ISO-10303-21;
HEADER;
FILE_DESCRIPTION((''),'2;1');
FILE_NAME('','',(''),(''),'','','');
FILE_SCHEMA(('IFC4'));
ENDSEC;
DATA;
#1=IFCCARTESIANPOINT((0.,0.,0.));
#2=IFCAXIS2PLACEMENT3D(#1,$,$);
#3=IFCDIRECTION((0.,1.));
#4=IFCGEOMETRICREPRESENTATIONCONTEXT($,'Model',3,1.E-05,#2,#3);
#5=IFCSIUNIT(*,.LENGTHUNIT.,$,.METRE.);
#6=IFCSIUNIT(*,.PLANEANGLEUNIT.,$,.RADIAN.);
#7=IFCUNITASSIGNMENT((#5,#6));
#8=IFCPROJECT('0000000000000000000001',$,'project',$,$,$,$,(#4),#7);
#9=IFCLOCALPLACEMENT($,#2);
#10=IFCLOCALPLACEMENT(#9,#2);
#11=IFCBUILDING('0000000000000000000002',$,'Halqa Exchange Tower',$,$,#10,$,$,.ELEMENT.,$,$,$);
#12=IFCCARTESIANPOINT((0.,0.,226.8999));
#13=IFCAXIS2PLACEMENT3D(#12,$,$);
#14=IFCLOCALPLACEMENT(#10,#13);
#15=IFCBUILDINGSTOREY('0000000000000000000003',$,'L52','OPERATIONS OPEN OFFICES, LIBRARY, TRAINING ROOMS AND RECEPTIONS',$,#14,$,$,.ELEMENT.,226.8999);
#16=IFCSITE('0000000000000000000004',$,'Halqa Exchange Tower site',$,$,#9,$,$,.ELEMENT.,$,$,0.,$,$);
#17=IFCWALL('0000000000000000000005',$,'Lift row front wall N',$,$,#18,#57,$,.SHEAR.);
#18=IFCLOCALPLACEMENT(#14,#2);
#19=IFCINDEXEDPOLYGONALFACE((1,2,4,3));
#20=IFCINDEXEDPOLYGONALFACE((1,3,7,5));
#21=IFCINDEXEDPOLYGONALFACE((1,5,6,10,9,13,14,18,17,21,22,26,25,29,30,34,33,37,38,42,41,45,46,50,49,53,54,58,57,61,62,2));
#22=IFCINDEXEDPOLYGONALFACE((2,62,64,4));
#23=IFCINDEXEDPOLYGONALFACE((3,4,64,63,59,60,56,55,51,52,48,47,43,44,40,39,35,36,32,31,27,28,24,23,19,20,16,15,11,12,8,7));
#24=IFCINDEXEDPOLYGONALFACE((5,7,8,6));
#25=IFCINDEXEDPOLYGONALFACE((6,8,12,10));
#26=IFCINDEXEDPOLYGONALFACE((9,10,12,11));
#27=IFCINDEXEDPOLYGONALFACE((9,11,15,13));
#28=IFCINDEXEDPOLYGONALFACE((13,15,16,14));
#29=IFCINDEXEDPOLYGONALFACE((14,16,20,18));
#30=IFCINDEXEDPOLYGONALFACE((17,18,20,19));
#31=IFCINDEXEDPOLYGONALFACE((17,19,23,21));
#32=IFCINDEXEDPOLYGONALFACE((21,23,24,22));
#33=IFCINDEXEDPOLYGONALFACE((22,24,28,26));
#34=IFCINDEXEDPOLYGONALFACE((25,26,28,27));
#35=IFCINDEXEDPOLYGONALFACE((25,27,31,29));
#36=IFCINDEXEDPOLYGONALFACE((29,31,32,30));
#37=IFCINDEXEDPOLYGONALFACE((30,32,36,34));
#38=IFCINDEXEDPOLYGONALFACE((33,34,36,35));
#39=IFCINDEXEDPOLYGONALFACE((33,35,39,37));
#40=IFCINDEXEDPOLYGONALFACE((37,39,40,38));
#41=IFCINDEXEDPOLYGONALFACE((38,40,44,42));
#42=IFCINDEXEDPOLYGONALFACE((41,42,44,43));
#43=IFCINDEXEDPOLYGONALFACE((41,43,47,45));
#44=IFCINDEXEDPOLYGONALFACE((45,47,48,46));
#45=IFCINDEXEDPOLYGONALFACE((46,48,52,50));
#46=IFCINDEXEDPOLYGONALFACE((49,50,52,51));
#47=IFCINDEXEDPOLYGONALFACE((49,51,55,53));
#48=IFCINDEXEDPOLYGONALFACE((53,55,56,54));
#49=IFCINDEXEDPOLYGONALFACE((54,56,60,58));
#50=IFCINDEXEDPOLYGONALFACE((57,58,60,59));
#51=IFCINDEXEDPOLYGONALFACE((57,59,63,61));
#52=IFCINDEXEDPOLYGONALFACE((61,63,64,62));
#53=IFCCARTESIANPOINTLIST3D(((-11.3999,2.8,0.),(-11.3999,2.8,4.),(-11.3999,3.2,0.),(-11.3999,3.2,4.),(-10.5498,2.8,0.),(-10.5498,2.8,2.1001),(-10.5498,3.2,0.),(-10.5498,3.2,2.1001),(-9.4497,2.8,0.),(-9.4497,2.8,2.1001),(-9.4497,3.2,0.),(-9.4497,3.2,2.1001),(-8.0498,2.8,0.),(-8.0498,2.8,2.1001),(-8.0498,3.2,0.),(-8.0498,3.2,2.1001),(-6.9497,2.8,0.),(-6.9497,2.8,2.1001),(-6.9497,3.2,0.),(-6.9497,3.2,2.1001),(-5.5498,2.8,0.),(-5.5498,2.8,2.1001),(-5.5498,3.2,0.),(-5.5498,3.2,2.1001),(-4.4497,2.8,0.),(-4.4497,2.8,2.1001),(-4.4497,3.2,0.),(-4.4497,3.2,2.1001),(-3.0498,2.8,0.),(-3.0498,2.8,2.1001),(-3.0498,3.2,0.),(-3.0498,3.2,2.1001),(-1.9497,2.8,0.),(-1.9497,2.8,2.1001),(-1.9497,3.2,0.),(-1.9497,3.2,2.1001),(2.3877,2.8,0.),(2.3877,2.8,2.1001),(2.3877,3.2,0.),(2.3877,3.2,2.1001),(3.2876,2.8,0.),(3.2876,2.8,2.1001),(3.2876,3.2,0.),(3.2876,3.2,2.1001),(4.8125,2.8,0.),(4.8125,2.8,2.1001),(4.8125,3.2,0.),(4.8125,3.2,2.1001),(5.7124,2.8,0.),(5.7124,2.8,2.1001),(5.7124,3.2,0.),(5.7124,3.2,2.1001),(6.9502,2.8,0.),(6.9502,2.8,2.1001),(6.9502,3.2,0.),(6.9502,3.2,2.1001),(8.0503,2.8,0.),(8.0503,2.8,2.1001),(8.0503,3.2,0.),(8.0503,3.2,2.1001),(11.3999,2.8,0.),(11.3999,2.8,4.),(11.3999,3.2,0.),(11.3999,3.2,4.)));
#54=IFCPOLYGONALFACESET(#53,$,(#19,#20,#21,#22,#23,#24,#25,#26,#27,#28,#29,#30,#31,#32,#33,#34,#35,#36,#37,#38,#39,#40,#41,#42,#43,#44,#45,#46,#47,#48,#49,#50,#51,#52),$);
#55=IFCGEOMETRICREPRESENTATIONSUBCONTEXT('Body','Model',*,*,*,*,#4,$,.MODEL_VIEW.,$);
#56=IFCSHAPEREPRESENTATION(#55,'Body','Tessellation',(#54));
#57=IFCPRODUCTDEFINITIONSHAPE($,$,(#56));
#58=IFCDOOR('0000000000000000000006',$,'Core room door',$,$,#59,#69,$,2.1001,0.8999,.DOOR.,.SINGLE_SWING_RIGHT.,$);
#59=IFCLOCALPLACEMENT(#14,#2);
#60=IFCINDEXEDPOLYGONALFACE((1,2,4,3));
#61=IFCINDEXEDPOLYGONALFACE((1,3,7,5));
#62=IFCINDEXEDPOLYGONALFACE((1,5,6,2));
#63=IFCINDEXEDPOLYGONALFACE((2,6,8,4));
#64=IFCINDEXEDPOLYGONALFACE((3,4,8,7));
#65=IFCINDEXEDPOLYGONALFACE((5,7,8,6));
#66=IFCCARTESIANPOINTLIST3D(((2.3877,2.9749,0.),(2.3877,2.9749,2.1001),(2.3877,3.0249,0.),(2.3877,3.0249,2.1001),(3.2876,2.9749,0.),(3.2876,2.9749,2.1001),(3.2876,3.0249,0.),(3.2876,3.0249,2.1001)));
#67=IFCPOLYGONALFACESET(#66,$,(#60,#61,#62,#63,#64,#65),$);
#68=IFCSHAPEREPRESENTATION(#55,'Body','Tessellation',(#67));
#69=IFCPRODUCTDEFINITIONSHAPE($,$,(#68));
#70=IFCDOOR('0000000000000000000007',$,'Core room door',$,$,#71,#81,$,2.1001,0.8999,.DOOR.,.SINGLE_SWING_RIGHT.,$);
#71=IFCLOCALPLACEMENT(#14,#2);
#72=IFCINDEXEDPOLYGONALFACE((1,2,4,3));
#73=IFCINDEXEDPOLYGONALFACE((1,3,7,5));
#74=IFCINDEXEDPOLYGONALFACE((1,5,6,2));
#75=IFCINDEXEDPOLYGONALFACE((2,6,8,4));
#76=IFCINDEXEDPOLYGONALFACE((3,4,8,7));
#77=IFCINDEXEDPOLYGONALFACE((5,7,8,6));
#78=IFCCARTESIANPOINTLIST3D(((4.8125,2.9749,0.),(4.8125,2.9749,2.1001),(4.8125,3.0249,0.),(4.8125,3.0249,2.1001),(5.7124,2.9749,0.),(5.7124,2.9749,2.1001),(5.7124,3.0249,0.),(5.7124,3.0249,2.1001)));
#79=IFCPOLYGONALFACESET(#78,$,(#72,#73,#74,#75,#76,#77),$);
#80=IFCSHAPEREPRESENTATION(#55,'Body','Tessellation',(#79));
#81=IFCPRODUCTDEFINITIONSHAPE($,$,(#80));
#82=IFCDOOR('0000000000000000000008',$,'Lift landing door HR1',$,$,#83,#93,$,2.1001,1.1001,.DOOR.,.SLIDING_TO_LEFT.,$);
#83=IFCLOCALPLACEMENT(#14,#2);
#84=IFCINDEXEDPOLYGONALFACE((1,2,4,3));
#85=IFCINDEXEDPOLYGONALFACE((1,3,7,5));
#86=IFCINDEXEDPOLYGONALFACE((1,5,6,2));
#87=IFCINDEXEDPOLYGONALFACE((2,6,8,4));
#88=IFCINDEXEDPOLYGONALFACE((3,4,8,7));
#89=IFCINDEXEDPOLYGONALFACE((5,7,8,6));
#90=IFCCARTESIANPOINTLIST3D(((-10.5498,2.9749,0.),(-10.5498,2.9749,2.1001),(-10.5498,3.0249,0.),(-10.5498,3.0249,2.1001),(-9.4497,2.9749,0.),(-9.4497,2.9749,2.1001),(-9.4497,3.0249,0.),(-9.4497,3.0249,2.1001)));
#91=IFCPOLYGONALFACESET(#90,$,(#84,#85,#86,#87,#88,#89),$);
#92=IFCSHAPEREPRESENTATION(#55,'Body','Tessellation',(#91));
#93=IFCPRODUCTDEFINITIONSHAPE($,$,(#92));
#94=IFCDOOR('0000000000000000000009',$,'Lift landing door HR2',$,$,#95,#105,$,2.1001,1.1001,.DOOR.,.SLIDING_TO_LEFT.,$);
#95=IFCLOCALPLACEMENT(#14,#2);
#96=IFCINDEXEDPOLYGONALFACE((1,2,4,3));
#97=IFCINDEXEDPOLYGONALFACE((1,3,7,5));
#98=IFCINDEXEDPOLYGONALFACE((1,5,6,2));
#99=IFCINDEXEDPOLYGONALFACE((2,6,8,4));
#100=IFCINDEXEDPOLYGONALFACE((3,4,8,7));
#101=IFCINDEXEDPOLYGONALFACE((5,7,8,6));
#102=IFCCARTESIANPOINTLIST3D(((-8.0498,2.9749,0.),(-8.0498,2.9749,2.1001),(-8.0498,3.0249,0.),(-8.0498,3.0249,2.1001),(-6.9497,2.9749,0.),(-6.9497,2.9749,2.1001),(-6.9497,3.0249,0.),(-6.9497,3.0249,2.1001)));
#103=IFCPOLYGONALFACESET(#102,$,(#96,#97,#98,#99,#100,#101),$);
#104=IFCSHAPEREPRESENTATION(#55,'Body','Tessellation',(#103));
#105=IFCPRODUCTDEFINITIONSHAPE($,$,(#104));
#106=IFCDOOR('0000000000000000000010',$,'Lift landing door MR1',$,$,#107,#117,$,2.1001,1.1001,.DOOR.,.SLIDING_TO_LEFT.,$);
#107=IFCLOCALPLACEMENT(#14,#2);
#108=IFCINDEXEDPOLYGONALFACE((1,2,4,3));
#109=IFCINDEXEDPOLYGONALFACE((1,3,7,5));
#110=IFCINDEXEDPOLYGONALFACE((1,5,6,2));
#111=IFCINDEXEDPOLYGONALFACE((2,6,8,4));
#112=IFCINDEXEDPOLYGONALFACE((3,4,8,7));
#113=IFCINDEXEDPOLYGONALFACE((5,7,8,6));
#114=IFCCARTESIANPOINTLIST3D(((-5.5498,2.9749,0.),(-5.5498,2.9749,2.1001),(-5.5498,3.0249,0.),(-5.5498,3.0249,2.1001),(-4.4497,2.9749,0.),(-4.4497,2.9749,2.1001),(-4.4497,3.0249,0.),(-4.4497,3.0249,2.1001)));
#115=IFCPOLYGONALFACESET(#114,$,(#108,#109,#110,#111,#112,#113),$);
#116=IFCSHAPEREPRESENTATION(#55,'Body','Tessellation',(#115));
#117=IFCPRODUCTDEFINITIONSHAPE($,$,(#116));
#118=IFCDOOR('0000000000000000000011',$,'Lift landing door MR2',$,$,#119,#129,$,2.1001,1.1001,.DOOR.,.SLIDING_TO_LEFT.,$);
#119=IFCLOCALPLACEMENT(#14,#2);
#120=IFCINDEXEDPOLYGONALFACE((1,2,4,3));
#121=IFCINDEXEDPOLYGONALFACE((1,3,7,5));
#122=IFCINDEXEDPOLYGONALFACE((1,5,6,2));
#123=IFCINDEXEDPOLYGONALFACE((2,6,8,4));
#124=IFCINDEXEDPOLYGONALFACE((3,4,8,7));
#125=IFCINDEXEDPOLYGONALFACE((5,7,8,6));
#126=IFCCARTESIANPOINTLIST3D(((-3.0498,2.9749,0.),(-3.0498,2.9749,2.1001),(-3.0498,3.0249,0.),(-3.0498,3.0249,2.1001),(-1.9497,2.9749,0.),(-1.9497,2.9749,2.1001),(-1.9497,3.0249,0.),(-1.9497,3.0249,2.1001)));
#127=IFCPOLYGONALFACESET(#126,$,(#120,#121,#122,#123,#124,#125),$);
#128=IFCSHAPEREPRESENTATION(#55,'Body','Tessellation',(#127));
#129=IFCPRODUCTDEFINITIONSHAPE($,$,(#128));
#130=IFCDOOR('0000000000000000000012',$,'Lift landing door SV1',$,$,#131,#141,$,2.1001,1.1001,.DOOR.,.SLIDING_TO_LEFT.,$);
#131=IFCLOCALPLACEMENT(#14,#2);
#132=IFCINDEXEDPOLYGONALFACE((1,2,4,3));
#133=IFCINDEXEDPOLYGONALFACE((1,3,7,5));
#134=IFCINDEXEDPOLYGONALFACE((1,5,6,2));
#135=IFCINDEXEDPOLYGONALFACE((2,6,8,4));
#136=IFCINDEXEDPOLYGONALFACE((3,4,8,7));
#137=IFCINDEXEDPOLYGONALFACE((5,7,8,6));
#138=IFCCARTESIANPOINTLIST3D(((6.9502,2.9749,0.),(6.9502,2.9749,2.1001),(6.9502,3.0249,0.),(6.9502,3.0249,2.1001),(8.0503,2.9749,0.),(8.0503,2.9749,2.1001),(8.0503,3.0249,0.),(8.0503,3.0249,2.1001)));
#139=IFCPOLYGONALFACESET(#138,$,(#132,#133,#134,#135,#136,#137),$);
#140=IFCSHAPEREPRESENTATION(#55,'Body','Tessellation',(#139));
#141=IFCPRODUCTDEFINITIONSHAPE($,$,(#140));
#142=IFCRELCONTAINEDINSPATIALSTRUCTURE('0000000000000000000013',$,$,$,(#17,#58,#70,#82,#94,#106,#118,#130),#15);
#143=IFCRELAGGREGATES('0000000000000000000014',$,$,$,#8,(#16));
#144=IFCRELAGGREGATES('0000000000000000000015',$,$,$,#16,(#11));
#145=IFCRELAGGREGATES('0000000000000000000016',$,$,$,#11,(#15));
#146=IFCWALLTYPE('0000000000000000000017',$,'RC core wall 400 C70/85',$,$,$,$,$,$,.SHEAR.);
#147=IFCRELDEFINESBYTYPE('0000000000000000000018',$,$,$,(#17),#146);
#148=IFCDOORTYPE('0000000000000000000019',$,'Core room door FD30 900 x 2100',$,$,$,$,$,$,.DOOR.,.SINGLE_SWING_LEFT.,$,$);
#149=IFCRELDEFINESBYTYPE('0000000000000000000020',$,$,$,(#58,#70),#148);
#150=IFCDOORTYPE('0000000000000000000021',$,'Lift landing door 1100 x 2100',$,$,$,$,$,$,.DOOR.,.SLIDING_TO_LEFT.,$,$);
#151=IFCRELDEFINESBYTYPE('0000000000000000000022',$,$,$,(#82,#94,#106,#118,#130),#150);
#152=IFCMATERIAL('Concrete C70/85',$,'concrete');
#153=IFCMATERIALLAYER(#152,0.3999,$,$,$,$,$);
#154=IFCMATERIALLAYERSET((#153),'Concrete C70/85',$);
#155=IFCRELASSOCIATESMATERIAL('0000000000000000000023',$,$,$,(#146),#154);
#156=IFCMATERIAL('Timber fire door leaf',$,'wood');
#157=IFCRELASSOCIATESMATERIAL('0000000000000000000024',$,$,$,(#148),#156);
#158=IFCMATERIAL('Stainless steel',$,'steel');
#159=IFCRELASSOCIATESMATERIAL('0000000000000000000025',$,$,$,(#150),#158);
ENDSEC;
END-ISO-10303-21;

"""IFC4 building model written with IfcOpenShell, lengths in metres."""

from ifc_helpers import new_model, si_unit, direction, frame, frame_2d, origin, place, context, subcontext, project, spatial, rectangle, extrude, material, layer, layer_set, type_object, element, fill, save


model = new_model("IFC4")

# Units and contexts
model_context = context("Model", 3, precision=1e-05, world=origin(), true_north=direction((0.0, 1.0)))
body_context = subcontext(model_context, "Body", "Model", "MODEL_VIEW")
ifc_project = project(units=[si_unit("LENGTHUNIT", "METRE"), si_unit("PLANEANGLEUNIT", "RADIAN")], contexts=[model_context])

# Site, building, storey
site_placement = place(None, origin())
site = spatial("IfcSite", under=ifc_project, at=site_placement, Name="Halqa Exchange Tower site", CompositionType="ELEMENT", RefElevation=0.0)
building_placement = place(site_placement, origin())
building = spatial("IfcBuilding", under=site, at=building_placement, Name="Halqa Exchange Tower", CompositionType="ELEMENT")
storey_placement = place(building_placement, frame((0.0, 0.0, 226.8999)))
storey = spatial("IfcBuildingStorey", under=building, at=storey_placement, Name="L52", Description="OPERATIONS OPEN OFFICES, LIBRARY, TRAINING ROOMS AND RECEPTIONS", CompositionType="ELEMENT", Elevation=226.8999)

# Wall, openings, doors
ifc_material_1 = material(Name="Concrete C70/85", Category="concrete")
ifc_layer_1 = layer(ifc_material_1, 0.3999)
ifc_layer_set_1 = layer_set([ifc_layer_1], Name="Concrete C70/85")
wall_type_1 = type_object("IfcWallType", Name="RC core wall 400 C70/85", PredefinedType="SHEAR", material=ifc_layer_set_1)
wall_1_placement = place(storey_placement, frame((-11.3999, 3.0, 0.0), z_axis=(0.0, 0.0, 1.0), x_axis=(1.0, 0.0, 0.0)))
wall_1 = element("IfcWall", 1, at=wall_1_placement, inside=storey, type_object=wall_type_1, Name="Lift row front wall N", PredefinedType="SHEAR", context=body_context, shape_type="SweptSolid", body=[
    extrude(rectangle(XDim=22.7998, YDim=0.3999, at=frame_2d((11.3999, 0.0))), origin(), (0.0, 0.0, 1.0), 4.0),
])
opening_1_placement = place(wall_1_placement, frame((0.8501, 0.0, 0.0)))
opening_1 = element("IfcOpeningElement", 2, at=opening_1_placement, cuts=wall_1, PredefinedType="OPENING", context=body_context, shape_type="SweptSolid", body=[
    extrude(rectangle(XDim=1.1001, YDim=2.1001, at=frame_2d((0.55, 1.05))), frame((0.0, 0.2119, 0.0), z_axis=(0.0, -1.0, 0.0), x_axis=(1.0, 0.0, 0.0)), (0.0, 0.0, 1.0), 0.4238),
])
opening_2_placement = place(wall_1_placement, frame((3.3501, 0.0, 0.0)))
opening_2 = element("IfcOpeningElement", 3, at=opening_2_placement, cuts=wall_1, PredefinedType="OPENING", context=body_context, shape_type="SweptSolid", body=[
    extrude(rectangle(XDim=1.1001, YDim=2.1001, at=frame_2d((0.55, 1.05))), frame((0.0, 0.2119, 0.0), z_axis=(0.0, -1.0, 0.0), x_axis=(1.0, 0.0, 0.0)), (0.0, 0.0, 1.0), 0.4238),
])
opening_3_placement = place(wall_1_placement, frame((5.8501, 0.0, 0.0)))
opening_3 = element("IfcOpeningElement", 4, at=opening_3_placement, cuts=wall_1, PredefinedType="OPENING", context=body_context, shape_type="SweptSolid", body=[
    extrude(rectangle(XDim=1.1001, YDim=2.1001, at=frame_2d((0.55, 1.05))), frame((0.0, 0.2119, 0.0), z_axis=(0.0, -1.0, 0.0), x_axis=(1.0, 0.0, 0.0)), (0.0, 0.0, 1.0), 0.4238),
])
opening_4_placement = place(wall_1_placement, frame((8.3501, 0.0, 0.0)))
opening_4 = element("IfcOpeningElement", 5, at=opening_4_placement, cuts=wall_1, PredefinedType="OPENING", context=body_context, shape_type="SweptSolid", body=[
    extrude(rectangle(XDim=1.1001, YDim=2.1001, at=frame_2d((0.55, 1.05))), frame((0.0, 0.2119, 0.0), z_axis=(0.0, -1.0, 0.0), x_axis=(1.0, 0.0, 0.0)), (0.0, 0.0, 1.0), 0.4238),
])
opening_5_placement = place(wall_1_placement, frame((18.3501, 0.0, 0.0)))
opening_5 = element("IfcOpeningElement", 6, at=opening_5_placement, cuts=wall_1, PredefinedType="OPENING", context=body_context, shape_type="SweptSolid", body=[
    extrude(rectangle(XDim=1.1001, YDim=2.1001, at=frame_2d((0.55, 1.05))), frame((0.0, 0.2119, 0.0), z_axis=(0.0, -1.0, 0.0), x_axis=(1.0, 0.0, 0.0)), (0.0, 0.0, 1.0), 0.4238),
])
opening_6_placement = place(wall_1_placement, frame((13.7876, 0.0, 0.0)))
opening_6 = element("IfcOpeningElement", 7, at=opening_6_placement, cuts=wall_1, PredefinedType="OPENING", context=body_context, shape_type="SweptSolid", body=[
    extrude(rectangle(XDim=0.8999, YDim=2.1001, at=frame_2d((0.45, 1.05))), frame((0.0, 0.2119, 0.0), z_axis=(0.0, -1.0, 0.0), x_axis=(1.0, 0.0, 0.0)), (0.0, 0.0, 1.0), 0.4238),
])
opening_7_placement = place(wall_1_placement, frame((16.2124, 0.0, 0.0)))
opening_7 = element("IfcOpeningElement", 8, at=opening_7_placement, cuts=wall_1, PredefinedType="OPENING", context=body_context, shape_type="SweptSolid", body=[
    extrude(rectangle(XDim=0.8999, YDim=2.1001, at=frame_2d((0.45, 1.05))), frame((0.0, 0.2119, 0.0), z_axis=(0.0, -1.0, 0.0), x_axis=(1.0, 0.0, 0.0)), (0.0, 0.0, 1.0), 0.4238),
])
ifc_material_2 = material(Name="Timber fire door leaf", Category="wood")
door_type_1 = type_object("IfcDoorType", Name="Core room door FD30 900 x 2100", OperationType="SINGLE_SWING_LEFT", PredefinedType="DOOR", material=ifc_material_2)
door_1_placement = place(opening_6_placement, origin())
door_1 = element("IfcDoor", 9, at=door_1_placement, inside=storey, type_object=door_type_1, Name="Core room door", OperationType="SINGLE_SWING_RIGHT", OverallHeight=2.1001, OverallWidth=0.8999, PredefinedType="DOOR", context=body_context, shape_type="SweptSolid", body=[
    extrude(rectangle(XDim=0.8999, YDim=2.1001, at=frame_2d((0.45, 1.05))), frame((0.0, 0.0249, 0.0), z_axis=(0.0, -1.0, 0.0), x_axis=(1.0, 0.0, 0.0)), (0.0, 0.0, 1.0), 0.05),
])
fill(opening_6, door_1)
door_2_placement = place(opening_7_placement, origin())
door_2 = element("IfcDoor", 10, at=door_2_placement, inside=storey, type_object=door_type_1, Name="Core room door", OperationType="SINGLE_SWING_RIGHT", OverallHeight=2.1001, OverallWidth=0.8999, PredefinedType="DOOR", context=body_context, shape_type="SweptSolid", body=[
    extrude(rectangle(XDim=0.8999, YDim=2.1001, at=frame_2d((0.45, 1.05))), frame((0.0, 0.0249, 0.0), z_axis=(0.0, -1.0, 0.0), x_axis=(1.0, 0.0, 0.0)), (0.0, 0.0, 1.0), 0.05),
])
fill(opening_7, door_2)
ifc_material_3 = material(Name="Stainless steel", Category="steel")
door_type_2 = type_object("IfcDoorType", Name="Lift landing door 1100 x 2100", OperationType="SLIDING_TO_LEFT", PredefinedType="DOOR", material=ifc_material_3)
door_3_placement = place(opening_1_placement, origin())
door_3 = element("IfcDoor", 11, at=door_3_placement, inside=storey, type_object=door_type_2, Name="Lift landing door HR1", OperationType="SLIDING_TO_LEFT", OverallHeight=2.1001, OverallWidth=1.1001, PredefinedType="DOOR", context=body_context, shape_type="SweptSolid", body=[
    extrude(rectangle(XDim=1.1001, YDim=2.1001, at=frame_2d((0.55, 1.05))), frame((0.0, 0.0249, 0.0), z_axis=(0.0, -1.0, 0.0), x_axis=(1.0, 0.0, 0.0)), (0.0, 0.0, 1.0), 0.05),
])
fill(opening_1, door_3)
door_4_placement = place(opening_2_placement, origin())
door_4 = element("IfcDoor", 12, at=door_4_placement, inside=storey, type_object=door_type_2, Name="Lift landing door HR2", OperationType="SLIDING_TO_LEFT", OverallHeight=2.1001, OverallWidth=1.1001, PredefinedType="DOOR", context=body_context, shape_type="SweptSolid", body=[
    extrude(rectangle(XDim=1.1001, YDim=2.1001, at=frame_2d((0.55, 1.05))), frame((0.0, 0.0249, 0.0), z_axis=(0.0, -1.0, 0.0), x_axis=(1.0, 0.0, 0.0)), (0.0, 0.0, 1.0), 0.05),
])
fill(opening_2, door_4)
door_5_placement = place(opening_3_placement, origin())
door_5 = element("IfcDoor", 13, at=door_5_placement, inside=storey, type_object=door_type_2, Name="Lift landing door MR1", OperationType="SLIDING_TO_LEFT", OverallHeight=2.1001, OverallWidth=1.1001, PredefinedType="DOOR", context=body_context, shape_type="SweptSolid", body=[
    extrude(rectangle(XDim=1.1001, YDim=2.1001, at=frame_2d((0.55, 1.05))), frame((0.0, 0.0249, 0.0), z_axis=(0.0, -1.0, 0.0), x_axis=(1.0, 0.0, 0.0)), (0.0, 0.0, 1.0), 0.05),
])
fill(opening_3, door_5)
door_6_placement = place(opening_4_placement, origin())
door_6 = element("IfcDoor", 14, at=door_6_placement, inside=storey, type_object=door_type_2, Name="Lift landing door MR2", OperationType="SLIDING_TO_LEFT", OverallHeight=2.1001, OverallWidth=1.1001, PredefinedType="DOOR", context=body_context, shape_type="SweptSolid", body=[
    extrude(rectangle(XDim=1.1001, YDim=2.1001, at=frame_2d((0.55, 1.05))), frame((0.0, 0.0249, 0.0), z_axis=(0.0, -1.0, 0.0), x_axis=(1.0, 0.0, 0.0)), (0.0, 0.0, 1.0), 0.05),
])
fill(opening_4, door_6)
door_7_placement = place(opening_5_placement, origin())
door_7 = element("IfcDoor", 15, at=door_7_placement, inside=storey, type_object=door_type_2, Name="Lift landing door SV1", OperationType="SLIDING_TO_LEFT", OverallHeight=2.1001, OverallWidth=1.1001, PredefinedType="DOOR", context=body_context, shape_type="SweptSolid", body=[
    extrude(rectangle(XDim=1.1001, YDim=2.1001, at=frame_2d((0.55, 1.05))), frame((0.0, 0.0249, 0.0), z_axis=(0.0, -1.0, 0.0), x_axis=(1.0, 0.0, 0.0)), (0.0, 0.0, 1.0), 0.05),
])
fill(opening_5, door_7)

save(model, "model.ifc")
